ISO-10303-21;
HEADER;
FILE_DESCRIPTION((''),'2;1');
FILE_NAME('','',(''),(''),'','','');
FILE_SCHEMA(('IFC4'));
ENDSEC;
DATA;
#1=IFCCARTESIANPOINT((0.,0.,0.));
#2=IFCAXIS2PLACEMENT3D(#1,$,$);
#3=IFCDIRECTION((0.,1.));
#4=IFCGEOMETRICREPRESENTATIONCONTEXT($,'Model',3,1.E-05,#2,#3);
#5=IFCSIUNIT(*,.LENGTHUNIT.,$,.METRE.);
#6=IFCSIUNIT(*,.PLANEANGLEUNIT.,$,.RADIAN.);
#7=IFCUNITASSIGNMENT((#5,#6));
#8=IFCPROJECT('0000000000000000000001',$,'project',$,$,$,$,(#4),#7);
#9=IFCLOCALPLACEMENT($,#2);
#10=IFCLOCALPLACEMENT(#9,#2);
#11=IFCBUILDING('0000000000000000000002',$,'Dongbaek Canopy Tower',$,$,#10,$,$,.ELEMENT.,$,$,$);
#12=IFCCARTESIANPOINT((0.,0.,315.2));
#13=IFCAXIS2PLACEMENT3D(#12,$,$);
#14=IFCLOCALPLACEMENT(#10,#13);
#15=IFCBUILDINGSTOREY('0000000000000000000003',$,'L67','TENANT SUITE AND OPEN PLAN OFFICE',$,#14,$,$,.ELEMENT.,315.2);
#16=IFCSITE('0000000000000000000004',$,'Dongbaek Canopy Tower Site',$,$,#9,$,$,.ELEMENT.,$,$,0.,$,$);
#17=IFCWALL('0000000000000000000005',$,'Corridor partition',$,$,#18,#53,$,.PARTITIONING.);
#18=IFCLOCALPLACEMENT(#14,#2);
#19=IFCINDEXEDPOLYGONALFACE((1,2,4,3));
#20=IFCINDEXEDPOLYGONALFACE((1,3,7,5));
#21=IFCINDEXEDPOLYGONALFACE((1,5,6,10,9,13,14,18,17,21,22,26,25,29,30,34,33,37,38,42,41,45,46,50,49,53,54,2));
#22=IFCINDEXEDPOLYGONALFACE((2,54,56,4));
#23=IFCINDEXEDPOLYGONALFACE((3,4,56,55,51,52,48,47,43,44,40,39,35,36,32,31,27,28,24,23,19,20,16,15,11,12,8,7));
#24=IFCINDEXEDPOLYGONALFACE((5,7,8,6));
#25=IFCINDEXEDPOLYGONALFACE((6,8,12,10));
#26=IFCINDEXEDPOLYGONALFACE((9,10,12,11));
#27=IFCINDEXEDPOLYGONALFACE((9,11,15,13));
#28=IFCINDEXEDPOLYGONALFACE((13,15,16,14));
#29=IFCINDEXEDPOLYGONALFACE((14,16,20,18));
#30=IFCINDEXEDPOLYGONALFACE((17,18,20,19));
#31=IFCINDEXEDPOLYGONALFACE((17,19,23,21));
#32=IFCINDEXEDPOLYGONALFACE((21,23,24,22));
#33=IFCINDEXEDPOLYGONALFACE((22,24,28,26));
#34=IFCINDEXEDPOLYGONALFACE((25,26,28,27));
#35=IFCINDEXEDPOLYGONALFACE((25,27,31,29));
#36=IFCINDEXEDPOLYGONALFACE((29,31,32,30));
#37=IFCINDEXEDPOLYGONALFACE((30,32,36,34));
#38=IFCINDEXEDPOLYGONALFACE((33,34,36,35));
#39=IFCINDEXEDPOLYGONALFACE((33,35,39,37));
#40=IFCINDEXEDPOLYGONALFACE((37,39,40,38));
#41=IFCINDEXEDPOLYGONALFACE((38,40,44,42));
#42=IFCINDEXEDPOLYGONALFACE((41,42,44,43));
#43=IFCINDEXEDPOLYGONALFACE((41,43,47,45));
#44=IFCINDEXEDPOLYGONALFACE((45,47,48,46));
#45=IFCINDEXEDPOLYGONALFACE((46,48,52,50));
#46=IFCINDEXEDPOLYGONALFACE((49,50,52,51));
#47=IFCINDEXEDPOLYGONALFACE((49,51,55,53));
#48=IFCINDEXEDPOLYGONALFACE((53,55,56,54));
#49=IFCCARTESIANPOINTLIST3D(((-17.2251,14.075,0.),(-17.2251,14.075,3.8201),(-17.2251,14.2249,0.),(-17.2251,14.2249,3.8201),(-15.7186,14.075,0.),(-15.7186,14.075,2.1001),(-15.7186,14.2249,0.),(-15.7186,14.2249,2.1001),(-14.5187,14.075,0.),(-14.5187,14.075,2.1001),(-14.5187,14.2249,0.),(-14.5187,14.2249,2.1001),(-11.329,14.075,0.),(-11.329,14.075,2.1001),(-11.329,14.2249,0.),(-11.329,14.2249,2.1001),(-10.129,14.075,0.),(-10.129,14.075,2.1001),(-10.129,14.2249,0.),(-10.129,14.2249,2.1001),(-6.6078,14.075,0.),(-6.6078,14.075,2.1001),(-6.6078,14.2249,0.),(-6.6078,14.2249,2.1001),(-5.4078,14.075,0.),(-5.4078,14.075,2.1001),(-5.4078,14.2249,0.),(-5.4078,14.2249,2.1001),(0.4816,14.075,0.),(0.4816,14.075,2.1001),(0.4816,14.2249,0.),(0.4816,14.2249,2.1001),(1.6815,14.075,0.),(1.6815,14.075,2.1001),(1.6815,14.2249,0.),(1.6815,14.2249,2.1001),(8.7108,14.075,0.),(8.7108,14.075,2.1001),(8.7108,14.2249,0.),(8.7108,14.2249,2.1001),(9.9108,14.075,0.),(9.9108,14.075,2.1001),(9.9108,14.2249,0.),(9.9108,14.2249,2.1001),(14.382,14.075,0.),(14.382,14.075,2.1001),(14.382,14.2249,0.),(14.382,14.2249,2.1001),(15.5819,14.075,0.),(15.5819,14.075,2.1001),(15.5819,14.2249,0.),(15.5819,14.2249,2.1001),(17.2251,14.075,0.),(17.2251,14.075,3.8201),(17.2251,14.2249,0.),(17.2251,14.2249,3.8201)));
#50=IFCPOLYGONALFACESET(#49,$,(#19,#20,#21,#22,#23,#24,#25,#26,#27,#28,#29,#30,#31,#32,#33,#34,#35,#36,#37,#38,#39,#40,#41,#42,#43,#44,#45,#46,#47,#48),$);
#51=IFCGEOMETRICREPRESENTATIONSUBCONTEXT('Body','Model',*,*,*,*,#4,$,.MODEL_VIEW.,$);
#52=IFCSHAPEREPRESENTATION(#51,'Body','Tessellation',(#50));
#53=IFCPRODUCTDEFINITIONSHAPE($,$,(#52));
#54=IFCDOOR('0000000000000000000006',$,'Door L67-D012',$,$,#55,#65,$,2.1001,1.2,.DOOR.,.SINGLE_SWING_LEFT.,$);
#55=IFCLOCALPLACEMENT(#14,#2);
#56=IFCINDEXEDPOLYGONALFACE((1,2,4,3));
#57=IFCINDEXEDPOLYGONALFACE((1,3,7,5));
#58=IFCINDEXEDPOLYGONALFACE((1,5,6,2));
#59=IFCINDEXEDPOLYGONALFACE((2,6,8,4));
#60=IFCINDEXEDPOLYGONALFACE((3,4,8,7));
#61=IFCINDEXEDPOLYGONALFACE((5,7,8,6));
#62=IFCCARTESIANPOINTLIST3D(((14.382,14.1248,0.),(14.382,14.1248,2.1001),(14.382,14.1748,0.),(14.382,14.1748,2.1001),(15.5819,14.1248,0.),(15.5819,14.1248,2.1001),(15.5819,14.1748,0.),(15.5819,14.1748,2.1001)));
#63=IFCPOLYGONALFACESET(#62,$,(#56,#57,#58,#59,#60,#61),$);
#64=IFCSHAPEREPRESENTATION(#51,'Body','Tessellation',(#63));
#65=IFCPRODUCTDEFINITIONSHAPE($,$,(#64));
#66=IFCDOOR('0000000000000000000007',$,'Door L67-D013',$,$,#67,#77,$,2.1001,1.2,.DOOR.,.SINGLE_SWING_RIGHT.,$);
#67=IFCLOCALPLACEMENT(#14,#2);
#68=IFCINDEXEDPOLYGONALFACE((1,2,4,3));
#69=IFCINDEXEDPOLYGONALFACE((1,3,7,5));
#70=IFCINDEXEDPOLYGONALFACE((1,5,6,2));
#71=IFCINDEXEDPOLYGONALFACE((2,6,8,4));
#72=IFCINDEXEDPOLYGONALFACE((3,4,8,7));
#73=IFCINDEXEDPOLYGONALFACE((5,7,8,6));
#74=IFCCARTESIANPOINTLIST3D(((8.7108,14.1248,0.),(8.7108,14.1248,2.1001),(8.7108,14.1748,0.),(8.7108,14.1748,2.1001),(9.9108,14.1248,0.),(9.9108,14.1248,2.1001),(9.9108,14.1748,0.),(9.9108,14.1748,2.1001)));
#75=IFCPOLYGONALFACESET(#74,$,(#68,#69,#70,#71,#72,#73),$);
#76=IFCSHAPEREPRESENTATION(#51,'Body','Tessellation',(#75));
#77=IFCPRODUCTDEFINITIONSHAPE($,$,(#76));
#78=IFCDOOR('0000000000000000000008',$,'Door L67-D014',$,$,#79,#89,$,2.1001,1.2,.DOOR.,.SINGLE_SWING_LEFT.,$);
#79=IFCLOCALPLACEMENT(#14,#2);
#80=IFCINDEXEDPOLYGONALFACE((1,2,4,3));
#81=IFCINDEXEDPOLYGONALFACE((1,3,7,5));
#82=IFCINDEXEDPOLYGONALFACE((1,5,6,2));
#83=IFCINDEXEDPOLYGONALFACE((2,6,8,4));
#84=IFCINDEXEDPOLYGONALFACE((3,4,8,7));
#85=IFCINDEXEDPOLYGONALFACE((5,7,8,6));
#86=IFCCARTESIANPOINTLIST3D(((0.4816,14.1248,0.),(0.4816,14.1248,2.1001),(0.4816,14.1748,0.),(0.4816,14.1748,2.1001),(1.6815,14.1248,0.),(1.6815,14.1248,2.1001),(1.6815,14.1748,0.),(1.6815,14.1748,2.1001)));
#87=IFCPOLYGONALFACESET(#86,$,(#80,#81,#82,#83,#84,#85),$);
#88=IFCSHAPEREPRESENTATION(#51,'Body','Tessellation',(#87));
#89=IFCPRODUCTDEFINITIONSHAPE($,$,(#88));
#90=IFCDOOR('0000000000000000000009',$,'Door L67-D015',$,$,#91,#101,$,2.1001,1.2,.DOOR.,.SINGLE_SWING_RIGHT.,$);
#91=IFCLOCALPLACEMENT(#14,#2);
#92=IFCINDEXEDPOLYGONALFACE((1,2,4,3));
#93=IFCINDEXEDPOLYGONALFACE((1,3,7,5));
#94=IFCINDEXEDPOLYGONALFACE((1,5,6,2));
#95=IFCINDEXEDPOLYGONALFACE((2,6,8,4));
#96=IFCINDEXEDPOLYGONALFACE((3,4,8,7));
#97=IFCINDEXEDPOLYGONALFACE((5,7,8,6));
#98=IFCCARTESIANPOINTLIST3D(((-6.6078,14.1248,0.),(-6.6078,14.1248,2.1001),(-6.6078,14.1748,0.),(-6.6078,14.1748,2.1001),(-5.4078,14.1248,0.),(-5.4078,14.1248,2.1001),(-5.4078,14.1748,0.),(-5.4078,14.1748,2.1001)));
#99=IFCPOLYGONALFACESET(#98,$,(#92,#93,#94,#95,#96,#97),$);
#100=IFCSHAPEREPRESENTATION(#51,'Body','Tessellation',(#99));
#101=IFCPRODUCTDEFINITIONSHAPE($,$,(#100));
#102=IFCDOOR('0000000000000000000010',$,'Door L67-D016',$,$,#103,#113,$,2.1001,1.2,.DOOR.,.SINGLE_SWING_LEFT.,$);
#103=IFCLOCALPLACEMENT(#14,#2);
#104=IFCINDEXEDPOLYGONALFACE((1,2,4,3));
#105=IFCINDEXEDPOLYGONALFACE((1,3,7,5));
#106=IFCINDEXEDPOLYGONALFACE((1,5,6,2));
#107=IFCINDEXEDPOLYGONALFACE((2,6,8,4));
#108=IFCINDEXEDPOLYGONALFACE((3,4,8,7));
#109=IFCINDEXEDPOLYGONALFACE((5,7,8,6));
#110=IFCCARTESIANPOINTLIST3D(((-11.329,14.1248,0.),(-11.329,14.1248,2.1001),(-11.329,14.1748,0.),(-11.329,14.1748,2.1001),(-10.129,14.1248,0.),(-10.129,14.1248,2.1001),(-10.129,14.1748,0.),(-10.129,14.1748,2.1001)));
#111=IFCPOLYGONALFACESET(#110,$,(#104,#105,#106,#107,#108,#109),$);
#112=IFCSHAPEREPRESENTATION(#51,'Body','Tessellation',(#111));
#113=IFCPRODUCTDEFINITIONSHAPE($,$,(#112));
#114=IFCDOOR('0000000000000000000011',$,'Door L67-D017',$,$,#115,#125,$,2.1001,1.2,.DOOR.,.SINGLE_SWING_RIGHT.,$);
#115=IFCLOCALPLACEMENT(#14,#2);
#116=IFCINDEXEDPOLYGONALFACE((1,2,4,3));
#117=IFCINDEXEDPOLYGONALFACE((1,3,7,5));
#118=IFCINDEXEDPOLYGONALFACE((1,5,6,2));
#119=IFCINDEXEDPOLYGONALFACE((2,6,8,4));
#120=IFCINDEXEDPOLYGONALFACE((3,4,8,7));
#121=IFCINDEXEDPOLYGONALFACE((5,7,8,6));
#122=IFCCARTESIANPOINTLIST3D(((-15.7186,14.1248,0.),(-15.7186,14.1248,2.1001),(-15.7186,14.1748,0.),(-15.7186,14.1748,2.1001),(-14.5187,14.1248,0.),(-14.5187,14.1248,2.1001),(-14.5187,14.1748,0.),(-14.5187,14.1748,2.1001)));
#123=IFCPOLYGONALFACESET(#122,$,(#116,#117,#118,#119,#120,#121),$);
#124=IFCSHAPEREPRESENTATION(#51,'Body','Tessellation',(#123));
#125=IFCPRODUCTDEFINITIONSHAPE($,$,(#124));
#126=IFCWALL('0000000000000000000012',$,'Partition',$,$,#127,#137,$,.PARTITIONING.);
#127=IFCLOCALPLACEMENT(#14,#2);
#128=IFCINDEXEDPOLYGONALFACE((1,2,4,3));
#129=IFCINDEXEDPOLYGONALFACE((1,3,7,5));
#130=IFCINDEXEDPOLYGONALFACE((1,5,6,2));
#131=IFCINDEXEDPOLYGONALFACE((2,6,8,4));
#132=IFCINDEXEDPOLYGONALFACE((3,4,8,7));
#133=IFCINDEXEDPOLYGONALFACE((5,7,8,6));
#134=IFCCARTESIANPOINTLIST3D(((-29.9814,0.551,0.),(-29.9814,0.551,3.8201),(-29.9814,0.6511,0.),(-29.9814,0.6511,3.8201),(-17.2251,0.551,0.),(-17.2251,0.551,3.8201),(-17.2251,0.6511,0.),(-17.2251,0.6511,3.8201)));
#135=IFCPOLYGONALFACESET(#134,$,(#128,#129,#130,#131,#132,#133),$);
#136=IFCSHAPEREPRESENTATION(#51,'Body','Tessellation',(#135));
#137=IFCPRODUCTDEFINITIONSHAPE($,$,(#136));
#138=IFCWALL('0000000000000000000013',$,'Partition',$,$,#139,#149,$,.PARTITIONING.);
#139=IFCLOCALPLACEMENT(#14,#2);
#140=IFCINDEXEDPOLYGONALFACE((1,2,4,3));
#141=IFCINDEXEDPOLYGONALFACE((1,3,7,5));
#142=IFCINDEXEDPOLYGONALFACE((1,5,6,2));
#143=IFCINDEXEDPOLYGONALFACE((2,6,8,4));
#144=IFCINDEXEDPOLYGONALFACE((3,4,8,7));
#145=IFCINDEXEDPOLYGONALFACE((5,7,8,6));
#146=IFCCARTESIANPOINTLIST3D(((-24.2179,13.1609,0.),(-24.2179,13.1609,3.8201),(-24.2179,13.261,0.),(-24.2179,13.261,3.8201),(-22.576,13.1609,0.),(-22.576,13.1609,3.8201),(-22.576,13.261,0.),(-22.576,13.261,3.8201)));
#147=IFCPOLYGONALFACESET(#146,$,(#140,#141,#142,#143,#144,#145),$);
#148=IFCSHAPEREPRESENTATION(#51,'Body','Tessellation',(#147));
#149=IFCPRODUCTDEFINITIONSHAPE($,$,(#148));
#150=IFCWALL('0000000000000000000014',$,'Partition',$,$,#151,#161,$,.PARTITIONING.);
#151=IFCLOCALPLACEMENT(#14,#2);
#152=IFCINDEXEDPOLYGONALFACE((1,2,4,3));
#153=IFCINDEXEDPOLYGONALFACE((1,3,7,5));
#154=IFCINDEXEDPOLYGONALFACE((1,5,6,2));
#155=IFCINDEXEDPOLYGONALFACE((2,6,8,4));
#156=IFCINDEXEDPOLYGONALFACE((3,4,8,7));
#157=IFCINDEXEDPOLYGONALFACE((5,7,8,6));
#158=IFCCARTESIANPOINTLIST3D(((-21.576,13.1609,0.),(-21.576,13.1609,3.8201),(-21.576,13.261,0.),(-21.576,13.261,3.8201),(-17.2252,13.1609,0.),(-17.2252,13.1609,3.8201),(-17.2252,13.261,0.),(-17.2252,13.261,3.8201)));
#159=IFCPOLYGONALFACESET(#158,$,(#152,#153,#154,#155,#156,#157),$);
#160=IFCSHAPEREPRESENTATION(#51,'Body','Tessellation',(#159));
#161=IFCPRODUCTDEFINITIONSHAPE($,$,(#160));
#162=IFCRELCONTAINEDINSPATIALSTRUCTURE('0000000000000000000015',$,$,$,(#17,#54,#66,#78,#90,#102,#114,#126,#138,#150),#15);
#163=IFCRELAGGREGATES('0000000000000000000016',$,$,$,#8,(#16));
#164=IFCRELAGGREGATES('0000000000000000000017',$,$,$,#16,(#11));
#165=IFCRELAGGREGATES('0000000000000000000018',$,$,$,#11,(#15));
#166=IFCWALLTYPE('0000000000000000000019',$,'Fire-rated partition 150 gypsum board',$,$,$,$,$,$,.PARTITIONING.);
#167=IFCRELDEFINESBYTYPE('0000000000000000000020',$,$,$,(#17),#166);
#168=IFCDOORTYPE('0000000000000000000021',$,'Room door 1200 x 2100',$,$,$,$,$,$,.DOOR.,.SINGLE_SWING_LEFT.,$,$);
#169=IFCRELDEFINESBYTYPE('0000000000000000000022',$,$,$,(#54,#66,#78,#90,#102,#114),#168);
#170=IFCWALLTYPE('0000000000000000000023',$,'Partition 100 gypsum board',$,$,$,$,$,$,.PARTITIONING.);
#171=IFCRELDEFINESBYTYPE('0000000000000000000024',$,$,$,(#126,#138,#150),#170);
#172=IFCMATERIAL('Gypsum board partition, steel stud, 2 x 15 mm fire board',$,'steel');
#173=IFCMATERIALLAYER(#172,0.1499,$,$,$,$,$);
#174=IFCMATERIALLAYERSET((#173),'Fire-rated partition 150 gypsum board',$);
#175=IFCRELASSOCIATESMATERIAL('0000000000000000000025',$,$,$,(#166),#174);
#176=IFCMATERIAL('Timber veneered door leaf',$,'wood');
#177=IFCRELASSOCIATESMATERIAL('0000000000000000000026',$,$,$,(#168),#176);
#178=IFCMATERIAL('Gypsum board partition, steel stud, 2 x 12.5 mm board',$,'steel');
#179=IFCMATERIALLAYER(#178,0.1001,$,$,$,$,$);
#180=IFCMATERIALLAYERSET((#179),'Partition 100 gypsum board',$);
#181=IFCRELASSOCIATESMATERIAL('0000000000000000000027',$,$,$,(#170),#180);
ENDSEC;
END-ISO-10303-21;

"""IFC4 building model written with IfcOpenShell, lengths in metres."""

from ifc_helpers import new_model, si_unit, direction, frame, frame_2d, origin, place, context, subcontext, project, spatial, rectangle, extrude, material, layer, layer_set, type_object, element, fill, save


model = new_model("IFC4")

# Units and contexts
model_context = context("Model", 3, precision=1e-05, world=origin(), true_north=direction((0.0, 1.0)))
body_context = subcontext(model_context, "Body", "Model", "MODEL_VIEW")
ifc_project = project(units=[si_unit("LENGTHUNIT", "METRE"), si_unit("PLANEANGLEUNIT", "RADIAN")], contexts=[model_context])

# Site, building, storey
site_placement = place(None, origin())
site = spatial("IfcSite", under=ifc_project, at=site_placement, Name="Dongbaek Canopy Tower Site", CompositionType="ELEMENT", RefElevation=0.0)
building_placement = place(site_placement, origin())
building = spatial("IfcBuilding", under=site, at=building_placement, Name="Dongbaek Canopy Tower", CompositionType="ELEMENT")
storey_placement = place(building_placement, frame((0.0, 0.0, 315.2)))
storey = spatial("IfcBuildingStorey", under=building, at=storey_placement, Name="L67", Description="TENANT SUITE AND OPEN PLAN OFFICE", CompositionType="ELEMENT", Elevation=315.2)

# Shared definitions
ifc_material_1 = material(Name="Gypsum board partition, steel stud, 2 x 15 mm fire board", Category="steel")
ifc_layer_1 = layer(ifc_material_1, 0.1499)
ifc_layer_set_1 = layer_set([ifc_layer_1], Name="Fire-rated partition 150 gypsum board")
wall_type_1 = type_object("IfcWallType", Name="Fire-rated partition 150 gypsum board", PredefinedType="PARTITIONING", material=ifc_layer_set_1)

# Wall, openings, doors
wall_1_placement = place(storey_placement, frame((-17.2251, 14.1499, 0.0), z_axis=(0.0, 0.0, 1.0), x_axis=(1.0, 0.0, 0.0)))
wall_1 = element("IfcWall", 1, at=wall_1_placement, inside=storey, type_object=wall_type_1, Name="Corridor partition", PredefinedType="PARTITIONING", context=body_context, shape_type="SweptSolid", body=[
    extrude(rectangle(XDim=34.4502, YDim=0.1499, at=frame_2d((17.2251, 0.0))), origin(), (0.0, 0.0, 1.0), 3.8201),
])
opening_1_placement = place(wall_1_placement, frame((31.6069, 0.0, 0.0)))
opening_1 = element("IfcOpeningElement", 2, at=opening_1_placement, cuts=wall_1, PredefinedType="OPENING", context=body_context, shape_type="SweptSolid", body=[
    extrude(rectangle(XDim=1.2, YDim=2.1001, at=frame_2d((0.6001, 1.05))), frame((0.0, 0.085, 0.0), z_axis=(0.0, -1.0, 0.0), x_axis=(1.0, 0.0, 0.0)), (0.0, 0.0, 1.0), 0.1699),
])
opening_2_placement = place(wall_1_placement, frame((25.9358, 0.0, 0.0)))
opening_2 = element("IfcOpeningElement", 3, at=opening_2_placement, cuts=wall_1, PredefinedType="OPENING", context=body_context, shape_type="SweptSolid", body=[
    extrude(rectangle(XDim=1.2, YDim=2.1001, at=frame_2d((0.6001, 1.05))), frame((0.0, 0.085, 0.0), z_axis=(0.0, -1.0, 0.0), x_axis=(1.0, 0.0, 0.0)), (0.0, 0.0, 1.0), 0.1699),
])
opening_3_placement = place(wall_1_placement, frame((17.7065, 0.0, 0.0)))
opening_3 = element("IfcOpeningElement", 4, at=opening_3_placement, cuts=wall_1, PredefinedType="OPENING", context=body_context, shape_type="SweptSolid", body=[
    extrude(rectangle(XDim=1.2, YDim=2.1001, at=frame_2d((0.6001, 1.05))), frame((0.0, 0.085, 0.0), z_axis=(0.0, -1.0, 0.0), x_axis=(1.0, 0.0, 0.0)), (0.0, 0.0, 1.0), 0.1699),
])
opening_4_placement = place(wall_1_placement, frame((10.6172, 0.0, 0.0)))
opening_4 = element("IfcOpeningElement", 5, at=opening_4_placement, cuts=wall_1, PredefinedType="OPENING", context=body_context, shape_type="SweptSolid", body=[
    extrude(rectangle(XDim=1.2, YDim=2.1001, at=frame_2d((0.6001, 1.05))), frame((0.0, 0.085, 0.0), z_axis=(0.0, -1.0, 0.0), x_axis=(1.0, 0.0, 0.0)), (0.0, 0.0, 1.0), 0.1699),
])
opening_5_placement = place(wall_1_placement, frame((5.896, 0.0, 0.0)))
opening_5 = element("IfcOpeningElement", 6, at=opening_5_placement, cuts=wall_1, PredefinedType="OPENING", context=body_context, shape_type="SweptSolid", body=[
    extrude(rectangle(XDim=1.2, YDim=2.1001, at=frame_2d((0.6001, 1.05))), frame((0.0, 0.085, 0.0), z_axis=(0.0, -1.0, 0.0), x_axis=(1.0, 0.0, 0.0)), (0.0, 0.0, 1.0), 0.1699),
])
opening_6_placement = place(wall_1_placement, frame((1.5063, 0.0, 0.0)))
opening_6 = element("IfcOpeningElement", 7, at=opening_6_placement, cuts=wall_1, PredefinedType="OPENING", context=body_context, shape_type="SweptSolid", body=[
    extrude(rectangle(XDim=1.2, YDim=2.1001, at=frame_2d((0.6001, 1.05))), frame((0.0, 0.085, 0.0), z_axis=(0.0, -1.0, 0.0), x_axis=(1.0, 0.0, 0.0)), (0.0, 0.0, 1.0), 0.1699),
])
ifc_material_2 = material(Name="Timber veneered door leaf", Category="wood")
door_type_1 = type_object("IfcDoorType", Name="Room door 1200 x 2100", OperationType="SINGLE_SWING_LEFT", PredefinedType="DOOR", material=ifc_material_2)
door_1_placement = place(opening_1_placement, origin())
door_1 = element("IfcDoor", 8, at=door_1_placement, inside=storey, type_object=door_type_1, Name="Door L67-D012", OperationType="SINGLE_SWING_LEFT", OverallHeight=2.1001, OverallWidth=1.2, PredefinedType="DOOR", context=body_context, shape_type="SweptSolid", body=[
    extrude(rectangle(XDim=1.2, YDim=2.1001, at=frame_2d((0.6001, 1.05))), frame((0.0, 0.0249, 0.0), z_axis=(0.0, -1.0, 0.0), x_axis=(1.0, 0.0, 0.0)), (0.0, 0.0, 1.0), 0.05),
])
fill(opening_1, door_1)
door_2_placement = place(opening_2_placement, origin())
door_2 = element("IfcDoor", 9, at=door_2_placement, inside=storey, type_object=door_type_1, Name="Door L67-D013", OperationType="SINGLE_SWING_RIGHT", OverallHeight=2.1001, OverallWidth=1.2, PredefinedType="DOOR", context=body_context, shape_type="SweptSolid", body=[
    extrude(rectangle(XDim=1.2, YDim=2.1001, at=frame_2d((0.6001, 1.05))), frame((0.0, 0.0249, 0.0), z_axis=(0.0, -1.0, 0.0), x_axis=(1.0, 0.0, 0.0)), (0.0, 0.0, 1.0), 0.05),
])
fill(opening_2, door_2)
door_3_placement = place(opening_3_placement, origin())
door_3 = element("IfcDoor", 10, at=door_3_placement, inside=storey, type_object=door_type_1, Name="Door L67-D014", OperationType="SINGLE_SWING_LEFT", OverallHeight=2.1001, OverallWidth=1.2, PredefinedType="DOOR", context=body_context, shape_type="SweptSolid", body=[
    extrude(rectangle(XDim=1.2, YDim=2.1001, at=frame_2d((0.6001, 1.05))), frame((0.0, 0.0249, 0.0), z_axis=(0.0, -1.0, 0.0), x_axis=(1.0, 0.0, 0.0)), (0.0, 0.0, 1.0), 0.05),
])
fill(opening_3, door_3)
door_4_placement = place(opening_4_placement, origin())
door_4 = element("IfcDoor", 11, at=door_4_placement, inside=storey, type_object=door_type_1, Name="Door L67-D015", OperationType="SINGLE_SWING_RIGHT", OverallHeight=2.1001, OverallWidth=1.2, PredefinedType="DOOR", context=body_context, shape_type="SweptSolid", body=[
    extrude(rectangle(XDim=1.2, YDim=2.1001, at=frame_2d((0.6001, 1.05))), frame((0.0, 0.0249, 0.0), z_axis=(0.0, -1.0, 0.0), x_axis=(1.0, 0.0, 0.0)), (0.0, 0.0, 1.0), 0.05),
])
fill(opening_4, door_4)
door_5_placement = place(opening_5_placement, origin())
door_5 = element("IfcDoor", 12, at=door_5_placement, inside=storey, type_object=door_type_1, Name="Door L67-D016", OperationType="SINGLE_SWING_LEFT", OverallHeight=2.1001, OverallWidth=1.2, PredefinedType="DOOR", context=body_context, shape_type="SweptSolid", body=[
    extrude(rectangle(XDim=1.2, YDim=2.1001, at=frame_2d((0.6001, 1.05))), frame((0.0, 0.0249, 0.0), z_axis=(0.0, -1.0, 0.0), x_axis=(1.0, 0.0, 0.0)), (0.0, 0.0, 1.0), 0.05),
])
fill(opening_5, door_5)
door_6_placement = place(opening_6_placement, origin())
door_6 = element("IfcDoor", 13, at=door_6_placement, inside=storey, type_object=door_type_1, Name="Door L67-D017", OperationType="SINGLE_SWING_RIGHT", OverallHeight=2.1001, OverallWidth=1.2, PredefinedType="DOOR", context=body_context, shape_type="SweptSolid", body=[
    extrude(rectangle(XDim=1.2, YDim=2.1001, at=frame_2d((0.6001, 1.05))), frame((0.0, 0.0249, 0.0), z_axis=(0.0, -1.0, 0.0), x_axis=(1.0, 0.0, 0.0)), (0.0, 0.0, 1.0), 0.05),
])
fill(opening_6, door_6)

# Walls
ifc_material_3 = material(Name="Gypsum board partition, steel stud, 2 x 12.5 mm board", Category="steel")
ifc_layer_2 = layer(ifc_material_3, 0.1001)
ifc_layer_set_2 = layer_set([ifc_layer_2], Name="Partition 100 gypsum board")
wall_type_2 = type_object("IfcWallType", Name="Partition 100 gypsum board", PredefinedType="PARTITIONING", material=ifc_layer_set_2)
wall_2_placement = place(storey_placement, frame((-29.9814, 0.6011, 0.0), z_axis=(0.0, 0.0, 1.0), x_axis=(1.0, 0.0, 0.0)))
element("IfcWall", 14, at=wall_2_placement, inside=storey, type_object=wall_type_2, Name="Partition", PredefinedType="PARTITIONING", context=body_context, shape_type="SweptSolid", body=[
    extrude(rectangle(XDim=12.7563, YDim=0.1001, at=frame_2d((6.3782, 0.0))), origin(), (0.0, 0.0, 1.0), 3.8201),
])
wall_3_placement = place(storey_placement, frame((-24.2178, 13.2109, 0.0), z_axis=(0.0, 0.0, 1.0), x_axis=(1.0, 0.0, 0.0)))
element("IfcWall", 15, at=wall_3_placement, inside=storey, type_object=wall_type_2, Name="Partition", PredefinedType="PARTITIONING", context=body_context, shape_type="SweptSolid", body=[
    extrude(rectangle(XDim=1.6418, YDim=0.1001, at=frame_2d((0.8208, 0.0))), origin(), (0.0, 0.0, 1.0), 3.8201),
])
wall_4_placement = place(storey_placement, frame((-21.5759, 13.2109, 0.0), z_axis=(0.0, 0.0, 1.0), x_axis=(1.0, 0.0, 0.0)))
element("IfcWall", 16, at=wall_4_placement, inside=storey, type_object=wall_type_2, Name="Partition", PredefinedType="PARTITIONING", context=body_context, shape_type="SweptSolid", body=[
    extrude(rectangle(XDim=4.3508, YDim=0.1001, at=frame_2d((2.1753, 0.0))), origin(), (0.0, 0.0, 1.0), 3.8201),
])

save(model, "model.ifc")
